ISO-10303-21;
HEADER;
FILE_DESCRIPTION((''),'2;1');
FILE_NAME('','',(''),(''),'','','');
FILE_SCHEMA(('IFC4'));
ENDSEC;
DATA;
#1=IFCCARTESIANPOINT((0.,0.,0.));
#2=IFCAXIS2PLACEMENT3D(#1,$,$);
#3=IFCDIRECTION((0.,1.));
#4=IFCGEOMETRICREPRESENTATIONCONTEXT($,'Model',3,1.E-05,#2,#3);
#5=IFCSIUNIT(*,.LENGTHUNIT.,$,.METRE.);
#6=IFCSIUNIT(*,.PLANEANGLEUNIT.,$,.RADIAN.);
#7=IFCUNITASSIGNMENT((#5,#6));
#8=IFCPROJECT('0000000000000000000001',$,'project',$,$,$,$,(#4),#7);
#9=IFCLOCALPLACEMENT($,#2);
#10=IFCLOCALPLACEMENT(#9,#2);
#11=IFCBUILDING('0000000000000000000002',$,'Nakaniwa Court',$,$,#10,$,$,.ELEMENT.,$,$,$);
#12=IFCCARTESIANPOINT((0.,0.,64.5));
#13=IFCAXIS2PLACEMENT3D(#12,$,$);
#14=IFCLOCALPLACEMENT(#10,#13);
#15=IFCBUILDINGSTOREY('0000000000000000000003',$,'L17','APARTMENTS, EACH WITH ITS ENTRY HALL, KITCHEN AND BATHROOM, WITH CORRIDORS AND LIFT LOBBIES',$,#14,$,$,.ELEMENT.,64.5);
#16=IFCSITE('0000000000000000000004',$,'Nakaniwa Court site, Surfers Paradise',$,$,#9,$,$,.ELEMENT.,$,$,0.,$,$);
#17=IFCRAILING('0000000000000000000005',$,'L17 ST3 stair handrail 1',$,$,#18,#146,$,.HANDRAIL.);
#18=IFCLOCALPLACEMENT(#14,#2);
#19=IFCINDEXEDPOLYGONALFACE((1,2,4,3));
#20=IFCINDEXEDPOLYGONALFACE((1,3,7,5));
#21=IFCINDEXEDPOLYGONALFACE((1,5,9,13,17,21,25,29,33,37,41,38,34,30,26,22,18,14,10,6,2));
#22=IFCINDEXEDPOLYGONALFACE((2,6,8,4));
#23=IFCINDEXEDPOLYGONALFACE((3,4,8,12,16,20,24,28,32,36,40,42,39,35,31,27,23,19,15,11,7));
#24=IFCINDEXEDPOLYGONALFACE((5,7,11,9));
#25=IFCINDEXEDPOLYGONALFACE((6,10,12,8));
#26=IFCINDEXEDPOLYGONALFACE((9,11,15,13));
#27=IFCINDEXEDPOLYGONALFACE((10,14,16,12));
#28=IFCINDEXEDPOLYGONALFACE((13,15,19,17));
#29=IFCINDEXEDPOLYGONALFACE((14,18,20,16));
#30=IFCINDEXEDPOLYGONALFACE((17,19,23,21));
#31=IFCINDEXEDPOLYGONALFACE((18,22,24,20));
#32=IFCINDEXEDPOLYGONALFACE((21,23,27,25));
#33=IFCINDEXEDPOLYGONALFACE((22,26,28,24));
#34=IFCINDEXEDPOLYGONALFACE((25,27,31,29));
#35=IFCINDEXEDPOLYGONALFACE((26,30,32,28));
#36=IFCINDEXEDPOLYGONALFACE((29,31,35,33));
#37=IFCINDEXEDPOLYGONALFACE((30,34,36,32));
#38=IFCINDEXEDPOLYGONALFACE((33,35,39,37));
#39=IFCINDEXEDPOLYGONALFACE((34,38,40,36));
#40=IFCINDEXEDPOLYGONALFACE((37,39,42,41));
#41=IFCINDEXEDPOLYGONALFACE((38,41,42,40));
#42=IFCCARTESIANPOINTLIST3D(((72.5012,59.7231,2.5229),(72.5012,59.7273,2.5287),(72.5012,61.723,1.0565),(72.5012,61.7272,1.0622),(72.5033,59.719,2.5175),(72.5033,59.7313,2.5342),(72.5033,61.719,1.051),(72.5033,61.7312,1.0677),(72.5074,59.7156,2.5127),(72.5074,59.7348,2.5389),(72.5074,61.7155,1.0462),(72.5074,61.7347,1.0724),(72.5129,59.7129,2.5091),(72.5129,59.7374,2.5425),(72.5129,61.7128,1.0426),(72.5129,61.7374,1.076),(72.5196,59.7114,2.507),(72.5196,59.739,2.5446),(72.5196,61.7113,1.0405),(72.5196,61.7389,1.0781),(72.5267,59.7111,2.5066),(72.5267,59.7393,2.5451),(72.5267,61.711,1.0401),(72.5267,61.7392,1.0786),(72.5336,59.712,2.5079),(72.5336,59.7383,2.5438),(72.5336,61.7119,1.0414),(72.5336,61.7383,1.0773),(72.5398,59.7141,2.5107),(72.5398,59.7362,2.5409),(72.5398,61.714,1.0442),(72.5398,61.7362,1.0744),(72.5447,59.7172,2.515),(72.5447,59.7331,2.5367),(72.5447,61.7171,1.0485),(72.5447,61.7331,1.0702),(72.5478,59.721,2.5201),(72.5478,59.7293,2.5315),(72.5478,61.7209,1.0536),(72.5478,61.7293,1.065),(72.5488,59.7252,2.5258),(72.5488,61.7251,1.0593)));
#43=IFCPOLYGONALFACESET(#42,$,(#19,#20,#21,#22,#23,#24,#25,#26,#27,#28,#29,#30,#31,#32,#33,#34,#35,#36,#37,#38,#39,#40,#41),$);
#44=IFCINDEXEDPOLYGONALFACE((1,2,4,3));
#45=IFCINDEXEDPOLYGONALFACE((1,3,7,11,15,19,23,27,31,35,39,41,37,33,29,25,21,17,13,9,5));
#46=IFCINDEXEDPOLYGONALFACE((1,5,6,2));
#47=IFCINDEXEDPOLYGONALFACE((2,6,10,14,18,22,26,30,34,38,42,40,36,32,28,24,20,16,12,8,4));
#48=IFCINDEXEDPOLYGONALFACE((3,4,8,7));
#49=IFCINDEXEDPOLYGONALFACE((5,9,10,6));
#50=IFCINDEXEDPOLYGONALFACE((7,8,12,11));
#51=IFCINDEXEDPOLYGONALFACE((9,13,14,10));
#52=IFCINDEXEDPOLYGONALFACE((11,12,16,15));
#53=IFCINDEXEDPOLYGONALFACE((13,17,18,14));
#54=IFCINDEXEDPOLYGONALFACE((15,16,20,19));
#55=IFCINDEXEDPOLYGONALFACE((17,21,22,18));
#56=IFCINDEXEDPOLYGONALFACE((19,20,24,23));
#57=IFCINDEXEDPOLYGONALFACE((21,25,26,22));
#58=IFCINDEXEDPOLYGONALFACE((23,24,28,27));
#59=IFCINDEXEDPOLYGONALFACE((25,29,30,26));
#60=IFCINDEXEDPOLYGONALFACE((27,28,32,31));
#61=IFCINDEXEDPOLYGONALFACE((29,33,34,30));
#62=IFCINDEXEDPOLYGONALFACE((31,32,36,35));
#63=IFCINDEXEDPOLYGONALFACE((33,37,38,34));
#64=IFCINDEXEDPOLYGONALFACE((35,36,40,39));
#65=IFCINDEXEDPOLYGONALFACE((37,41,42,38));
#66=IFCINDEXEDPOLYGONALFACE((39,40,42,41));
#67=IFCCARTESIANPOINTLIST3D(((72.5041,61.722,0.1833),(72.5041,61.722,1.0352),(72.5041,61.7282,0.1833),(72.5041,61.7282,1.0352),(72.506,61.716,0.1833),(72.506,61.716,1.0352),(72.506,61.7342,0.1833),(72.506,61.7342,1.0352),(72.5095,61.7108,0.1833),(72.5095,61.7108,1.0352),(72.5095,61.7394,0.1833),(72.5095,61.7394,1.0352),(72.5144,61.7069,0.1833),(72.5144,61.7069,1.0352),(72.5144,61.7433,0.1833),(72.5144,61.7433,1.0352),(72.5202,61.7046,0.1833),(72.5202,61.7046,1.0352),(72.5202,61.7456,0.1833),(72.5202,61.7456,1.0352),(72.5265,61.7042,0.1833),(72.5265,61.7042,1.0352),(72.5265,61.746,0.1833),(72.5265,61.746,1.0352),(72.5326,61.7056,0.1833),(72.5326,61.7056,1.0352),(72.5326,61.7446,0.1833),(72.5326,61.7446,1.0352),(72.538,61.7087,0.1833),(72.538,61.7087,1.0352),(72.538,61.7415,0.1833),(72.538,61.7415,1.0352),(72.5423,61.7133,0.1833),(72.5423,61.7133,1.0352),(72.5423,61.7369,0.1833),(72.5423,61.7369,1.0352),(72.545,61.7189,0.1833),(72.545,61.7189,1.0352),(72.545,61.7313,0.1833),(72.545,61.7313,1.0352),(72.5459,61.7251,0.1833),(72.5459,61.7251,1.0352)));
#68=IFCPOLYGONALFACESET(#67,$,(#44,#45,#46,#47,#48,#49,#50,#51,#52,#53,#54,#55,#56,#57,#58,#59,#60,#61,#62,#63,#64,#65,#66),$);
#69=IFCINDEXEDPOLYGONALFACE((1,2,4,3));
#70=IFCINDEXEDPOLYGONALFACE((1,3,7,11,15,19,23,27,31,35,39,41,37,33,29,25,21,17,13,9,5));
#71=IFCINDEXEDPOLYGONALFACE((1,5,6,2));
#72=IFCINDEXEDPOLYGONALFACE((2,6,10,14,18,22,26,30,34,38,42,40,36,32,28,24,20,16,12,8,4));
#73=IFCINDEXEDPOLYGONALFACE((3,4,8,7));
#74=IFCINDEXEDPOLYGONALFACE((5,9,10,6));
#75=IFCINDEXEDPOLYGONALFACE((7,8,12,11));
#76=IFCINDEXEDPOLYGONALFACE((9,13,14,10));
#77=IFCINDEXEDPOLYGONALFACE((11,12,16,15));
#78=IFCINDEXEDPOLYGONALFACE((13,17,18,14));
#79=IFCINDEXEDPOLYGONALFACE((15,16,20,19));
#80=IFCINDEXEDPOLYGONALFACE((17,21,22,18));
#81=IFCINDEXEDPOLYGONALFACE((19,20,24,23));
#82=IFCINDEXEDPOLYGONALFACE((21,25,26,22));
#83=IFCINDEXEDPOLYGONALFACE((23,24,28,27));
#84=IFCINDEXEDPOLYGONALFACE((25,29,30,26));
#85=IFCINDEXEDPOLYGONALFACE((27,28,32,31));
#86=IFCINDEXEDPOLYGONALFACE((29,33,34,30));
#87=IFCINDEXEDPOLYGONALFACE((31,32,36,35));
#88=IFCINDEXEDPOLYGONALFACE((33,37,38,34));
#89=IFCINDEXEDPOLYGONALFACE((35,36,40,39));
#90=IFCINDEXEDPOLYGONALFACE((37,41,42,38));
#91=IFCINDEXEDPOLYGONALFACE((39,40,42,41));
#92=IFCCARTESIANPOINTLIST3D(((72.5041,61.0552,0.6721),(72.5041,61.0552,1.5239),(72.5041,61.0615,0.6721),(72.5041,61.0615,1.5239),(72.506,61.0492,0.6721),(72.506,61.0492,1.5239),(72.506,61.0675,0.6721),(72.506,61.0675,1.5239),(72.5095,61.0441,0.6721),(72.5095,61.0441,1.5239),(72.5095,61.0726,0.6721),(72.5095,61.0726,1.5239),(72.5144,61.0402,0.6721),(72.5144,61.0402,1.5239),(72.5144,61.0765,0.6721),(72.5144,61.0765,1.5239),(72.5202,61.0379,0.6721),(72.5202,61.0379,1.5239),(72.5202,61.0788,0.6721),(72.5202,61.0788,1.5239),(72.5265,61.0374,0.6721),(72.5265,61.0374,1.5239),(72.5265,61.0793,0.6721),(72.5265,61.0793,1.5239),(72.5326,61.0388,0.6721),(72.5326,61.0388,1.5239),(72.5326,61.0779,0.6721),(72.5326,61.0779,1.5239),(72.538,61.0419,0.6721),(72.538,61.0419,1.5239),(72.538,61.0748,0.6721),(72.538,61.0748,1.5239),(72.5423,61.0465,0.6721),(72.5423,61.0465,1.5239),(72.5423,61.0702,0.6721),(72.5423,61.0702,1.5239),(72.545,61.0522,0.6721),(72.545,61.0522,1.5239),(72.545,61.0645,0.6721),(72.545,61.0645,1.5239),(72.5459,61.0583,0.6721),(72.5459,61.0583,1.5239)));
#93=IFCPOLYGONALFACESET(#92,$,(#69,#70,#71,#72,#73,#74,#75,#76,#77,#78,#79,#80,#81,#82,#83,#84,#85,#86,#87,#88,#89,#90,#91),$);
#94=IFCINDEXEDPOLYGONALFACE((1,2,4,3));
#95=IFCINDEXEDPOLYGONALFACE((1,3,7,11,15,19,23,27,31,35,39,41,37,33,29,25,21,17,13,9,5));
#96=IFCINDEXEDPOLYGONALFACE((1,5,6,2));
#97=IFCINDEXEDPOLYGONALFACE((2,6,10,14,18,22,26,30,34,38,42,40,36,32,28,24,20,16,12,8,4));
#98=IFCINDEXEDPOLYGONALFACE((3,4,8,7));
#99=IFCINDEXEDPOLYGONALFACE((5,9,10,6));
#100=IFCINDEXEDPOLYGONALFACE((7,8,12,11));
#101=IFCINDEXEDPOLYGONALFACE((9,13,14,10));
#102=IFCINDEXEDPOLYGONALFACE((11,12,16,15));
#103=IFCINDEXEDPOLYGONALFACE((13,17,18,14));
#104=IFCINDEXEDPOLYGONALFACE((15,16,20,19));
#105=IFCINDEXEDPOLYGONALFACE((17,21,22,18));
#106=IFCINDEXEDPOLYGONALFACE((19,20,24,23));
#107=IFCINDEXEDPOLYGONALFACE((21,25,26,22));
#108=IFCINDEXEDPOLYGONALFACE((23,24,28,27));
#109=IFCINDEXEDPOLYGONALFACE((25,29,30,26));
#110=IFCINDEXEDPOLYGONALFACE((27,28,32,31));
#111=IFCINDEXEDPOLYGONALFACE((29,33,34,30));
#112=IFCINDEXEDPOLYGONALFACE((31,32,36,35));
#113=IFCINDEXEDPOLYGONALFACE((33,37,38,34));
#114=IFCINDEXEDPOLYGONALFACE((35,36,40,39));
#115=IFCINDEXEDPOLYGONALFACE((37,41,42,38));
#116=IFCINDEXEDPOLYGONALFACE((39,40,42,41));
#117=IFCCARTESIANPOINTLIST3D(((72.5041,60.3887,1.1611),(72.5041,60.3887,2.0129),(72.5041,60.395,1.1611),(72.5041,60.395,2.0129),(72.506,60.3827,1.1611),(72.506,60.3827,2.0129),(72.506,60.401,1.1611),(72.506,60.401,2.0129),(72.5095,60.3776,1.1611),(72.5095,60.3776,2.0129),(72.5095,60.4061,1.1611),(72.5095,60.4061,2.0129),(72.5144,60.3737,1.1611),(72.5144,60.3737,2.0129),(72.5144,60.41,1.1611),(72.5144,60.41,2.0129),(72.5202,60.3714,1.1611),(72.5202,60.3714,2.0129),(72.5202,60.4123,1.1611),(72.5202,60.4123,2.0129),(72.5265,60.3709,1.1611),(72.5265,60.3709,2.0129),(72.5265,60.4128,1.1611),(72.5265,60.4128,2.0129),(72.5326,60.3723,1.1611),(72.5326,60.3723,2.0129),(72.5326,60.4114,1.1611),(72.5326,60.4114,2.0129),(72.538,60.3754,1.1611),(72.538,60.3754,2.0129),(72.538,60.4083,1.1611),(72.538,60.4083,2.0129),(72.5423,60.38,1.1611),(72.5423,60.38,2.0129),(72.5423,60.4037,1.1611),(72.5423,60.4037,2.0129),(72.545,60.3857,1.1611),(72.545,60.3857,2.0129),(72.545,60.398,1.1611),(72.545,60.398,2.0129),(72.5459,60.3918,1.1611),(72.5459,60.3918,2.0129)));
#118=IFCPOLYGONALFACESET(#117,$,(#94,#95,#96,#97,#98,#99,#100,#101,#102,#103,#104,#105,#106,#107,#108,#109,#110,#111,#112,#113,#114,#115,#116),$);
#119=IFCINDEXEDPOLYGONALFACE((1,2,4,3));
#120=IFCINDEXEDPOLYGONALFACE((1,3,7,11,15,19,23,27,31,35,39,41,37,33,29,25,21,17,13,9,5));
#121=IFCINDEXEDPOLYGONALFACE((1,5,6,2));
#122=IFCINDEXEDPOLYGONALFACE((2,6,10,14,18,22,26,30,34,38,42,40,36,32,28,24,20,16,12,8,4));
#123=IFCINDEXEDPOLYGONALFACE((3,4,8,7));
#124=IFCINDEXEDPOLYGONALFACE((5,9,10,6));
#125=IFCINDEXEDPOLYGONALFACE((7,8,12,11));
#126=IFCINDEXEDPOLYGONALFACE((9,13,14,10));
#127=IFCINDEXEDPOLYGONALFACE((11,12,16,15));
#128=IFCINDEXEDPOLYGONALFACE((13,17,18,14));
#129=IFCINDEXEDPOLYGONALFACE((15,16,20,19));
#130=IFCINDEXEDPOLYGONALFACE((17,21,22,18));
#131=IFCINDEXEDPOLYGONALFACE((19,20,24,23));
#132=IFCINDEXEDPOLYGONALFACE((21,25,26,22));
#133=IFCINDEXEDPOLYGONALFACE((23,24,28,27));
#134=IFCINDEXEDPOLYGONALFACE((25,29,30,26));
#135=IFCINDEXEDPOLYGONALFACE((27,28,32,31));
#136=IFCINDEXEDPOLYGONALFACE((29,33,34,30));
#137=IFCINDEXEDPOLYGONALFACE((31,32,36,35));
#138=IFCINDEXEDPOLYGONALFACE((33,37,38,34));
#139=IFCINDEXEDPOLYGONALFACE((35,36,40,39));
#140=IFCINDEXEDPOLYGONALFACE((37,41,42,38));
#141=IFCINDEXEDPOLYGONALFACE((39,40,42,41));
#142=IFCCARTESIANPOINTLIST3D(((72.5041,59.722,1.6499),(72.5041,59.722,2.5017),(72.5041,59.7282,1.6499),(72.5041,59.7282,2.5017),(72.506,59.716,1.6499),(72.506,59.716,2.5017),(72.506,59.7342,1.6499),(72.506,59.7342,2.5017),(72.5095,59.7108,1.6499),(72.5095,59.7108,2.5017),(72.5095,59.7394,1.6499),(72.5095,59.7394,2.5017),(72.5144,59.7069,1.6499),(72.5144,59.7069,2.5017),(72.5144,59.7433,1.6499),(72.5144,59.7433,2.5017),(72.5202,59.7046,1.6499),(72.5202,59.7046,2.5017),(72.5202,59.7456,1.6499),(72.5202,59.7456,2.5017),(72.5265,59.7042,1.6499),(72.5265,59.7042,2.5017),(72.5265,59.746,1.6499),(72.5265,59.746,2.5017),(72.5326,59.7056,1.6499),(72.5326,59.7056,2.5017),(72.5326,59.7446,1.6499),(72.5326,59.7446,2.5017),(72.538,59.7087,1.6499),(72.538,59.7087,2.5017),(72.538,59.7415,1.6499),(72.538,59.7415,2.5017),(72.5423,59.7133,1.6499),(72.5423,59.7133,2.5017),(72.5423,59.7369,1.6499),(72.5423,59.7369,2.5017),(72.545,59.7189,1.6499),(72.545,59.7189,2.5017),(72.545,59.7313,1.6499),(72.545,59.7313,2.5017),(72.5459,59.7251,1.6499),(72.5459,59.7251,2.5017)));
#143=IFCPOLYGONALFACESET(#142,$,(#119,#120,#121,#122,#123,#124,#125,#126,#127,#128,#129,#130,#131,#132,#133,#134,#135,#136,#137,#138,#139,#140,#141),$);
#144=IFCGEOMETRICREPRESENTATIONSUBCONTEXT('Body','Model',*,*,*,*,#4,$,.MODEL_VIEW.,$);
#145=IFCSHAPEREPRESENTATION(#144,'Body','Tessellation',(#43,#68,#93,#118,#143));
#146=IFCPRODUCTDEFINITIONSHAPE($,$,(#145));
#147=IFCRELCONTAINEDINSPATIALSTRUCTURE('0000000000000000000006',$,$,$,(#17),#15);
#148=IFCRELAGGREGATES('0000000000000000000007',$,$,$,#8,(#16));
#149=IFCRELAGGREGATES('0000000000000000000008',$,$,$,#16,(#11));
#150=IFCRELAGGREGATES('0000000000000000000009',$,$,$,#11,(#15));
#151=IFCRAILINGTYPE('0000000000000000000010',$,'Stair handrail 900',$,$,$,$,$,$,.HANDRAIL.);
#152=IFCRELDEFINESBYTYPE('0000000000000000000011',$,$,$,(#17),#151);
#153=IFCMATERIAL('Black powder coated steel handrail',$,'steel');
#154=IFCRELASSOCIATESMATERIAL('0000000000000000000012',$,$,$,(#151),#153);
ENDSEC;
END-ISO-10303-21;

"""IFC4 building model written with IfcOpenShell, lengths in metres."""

from ifc_helpers import new_model, si_unit, direction, frame, origin, origin_2d, place, context, subcontext, project, spatial, circle, extrude, material, type_object, element, save


model = new_model("IFC4")

# Units and contexts
model_context = context("Model", 3, precision=1e-05, world=origin(), true_north=direction((0.0, 1.0)))
body_context = subcontext(model_context, "Body", "Model", "MODEL_VIEW")
ifc_project = project(units=[si_unit("LENGTHUNIT", "METRE"), si_unit("PLANEANGLEUNIT", "RADIAN")], contexts=[model_context])

# Site, building, storey
site_placement = place(None, origin())
site = spatial("IfcSite", under=ifc_project, at=site_placement, Name="Nakaniwa Court site, Surfers Paradise", CompositionType="ELEMENT", RefElevation=0.0)
building_placement = place(site_placement, origin())
building = spatial("IfcBuilding", under=site, at=building_placement, Name="Nakaniwa Court", CompositionType="ELEMENT")
storey_placement = place(building_placement, frame((0.0, 0.0, 64.5)))
storey = spatial("IfcBuildingStorey", under=building, at=storey_placement, Name="L17", Description="APARTMENTS, EACH WITH ITS ENTRY HALL, KITCHEN AND BATHROOM, WITH CORRIDORS AND LIFT LOBBIES", CompositionType="ELEMENT", Elevation=64.5)

# Railing
ifc_material_1 = material(Name="Black powder coated steel handrail", Category="steel")
railing_type_1 = type_object("IfcRailingType", Name="Stair handrail 900", PredefinedType="HANDRAIL", material=ifc_material_1)
railing_1_placement = place(storey_placement, frame((72.5249, 61.7251, 0.1833)))
element("IfcRailing", 1, at=railing_1_placement, inside=storey, type_object=railing_type_1, Name="L17 ST3 stair handrail 1", PredefinedType="HANDRAIL", context=body_context, shape_type="SweptSolid", body=[
    extrude(circle(Radius=0.0239, at=origin_2d()), frame((0.0, 0.0, 0.876), z_axis=(0.0, -0.806427, 0.591334), x_axis=(1.0, 0.0, 0.0)), (0.0, 0.0, 1.0), 2.48),
    extrude(circle(Radius=0.021, at=origin_2d()), origin(), (0.0, 0.0, 1.0), 0.8518),
    extrude(circle(Radius=0.021, at=origin_2d()), frame((0.0, -0.6667, 0.4888)), (0.0, 0.0, 1.0), 0.8518),
    extrude(circle(Radius=0.021, at=origin_2d()), frame((0.0, -1.3333, 0.9778)), (0.0, 0.0, 1.0), 0.8518),
    extrude(circle(Radius=0.021, at=origin_2d()), frame((0.0, -2.0, 1.4666)), (0.0, 0.0, 1.0), 0.8518),
])

save(model, "model.ifc")
